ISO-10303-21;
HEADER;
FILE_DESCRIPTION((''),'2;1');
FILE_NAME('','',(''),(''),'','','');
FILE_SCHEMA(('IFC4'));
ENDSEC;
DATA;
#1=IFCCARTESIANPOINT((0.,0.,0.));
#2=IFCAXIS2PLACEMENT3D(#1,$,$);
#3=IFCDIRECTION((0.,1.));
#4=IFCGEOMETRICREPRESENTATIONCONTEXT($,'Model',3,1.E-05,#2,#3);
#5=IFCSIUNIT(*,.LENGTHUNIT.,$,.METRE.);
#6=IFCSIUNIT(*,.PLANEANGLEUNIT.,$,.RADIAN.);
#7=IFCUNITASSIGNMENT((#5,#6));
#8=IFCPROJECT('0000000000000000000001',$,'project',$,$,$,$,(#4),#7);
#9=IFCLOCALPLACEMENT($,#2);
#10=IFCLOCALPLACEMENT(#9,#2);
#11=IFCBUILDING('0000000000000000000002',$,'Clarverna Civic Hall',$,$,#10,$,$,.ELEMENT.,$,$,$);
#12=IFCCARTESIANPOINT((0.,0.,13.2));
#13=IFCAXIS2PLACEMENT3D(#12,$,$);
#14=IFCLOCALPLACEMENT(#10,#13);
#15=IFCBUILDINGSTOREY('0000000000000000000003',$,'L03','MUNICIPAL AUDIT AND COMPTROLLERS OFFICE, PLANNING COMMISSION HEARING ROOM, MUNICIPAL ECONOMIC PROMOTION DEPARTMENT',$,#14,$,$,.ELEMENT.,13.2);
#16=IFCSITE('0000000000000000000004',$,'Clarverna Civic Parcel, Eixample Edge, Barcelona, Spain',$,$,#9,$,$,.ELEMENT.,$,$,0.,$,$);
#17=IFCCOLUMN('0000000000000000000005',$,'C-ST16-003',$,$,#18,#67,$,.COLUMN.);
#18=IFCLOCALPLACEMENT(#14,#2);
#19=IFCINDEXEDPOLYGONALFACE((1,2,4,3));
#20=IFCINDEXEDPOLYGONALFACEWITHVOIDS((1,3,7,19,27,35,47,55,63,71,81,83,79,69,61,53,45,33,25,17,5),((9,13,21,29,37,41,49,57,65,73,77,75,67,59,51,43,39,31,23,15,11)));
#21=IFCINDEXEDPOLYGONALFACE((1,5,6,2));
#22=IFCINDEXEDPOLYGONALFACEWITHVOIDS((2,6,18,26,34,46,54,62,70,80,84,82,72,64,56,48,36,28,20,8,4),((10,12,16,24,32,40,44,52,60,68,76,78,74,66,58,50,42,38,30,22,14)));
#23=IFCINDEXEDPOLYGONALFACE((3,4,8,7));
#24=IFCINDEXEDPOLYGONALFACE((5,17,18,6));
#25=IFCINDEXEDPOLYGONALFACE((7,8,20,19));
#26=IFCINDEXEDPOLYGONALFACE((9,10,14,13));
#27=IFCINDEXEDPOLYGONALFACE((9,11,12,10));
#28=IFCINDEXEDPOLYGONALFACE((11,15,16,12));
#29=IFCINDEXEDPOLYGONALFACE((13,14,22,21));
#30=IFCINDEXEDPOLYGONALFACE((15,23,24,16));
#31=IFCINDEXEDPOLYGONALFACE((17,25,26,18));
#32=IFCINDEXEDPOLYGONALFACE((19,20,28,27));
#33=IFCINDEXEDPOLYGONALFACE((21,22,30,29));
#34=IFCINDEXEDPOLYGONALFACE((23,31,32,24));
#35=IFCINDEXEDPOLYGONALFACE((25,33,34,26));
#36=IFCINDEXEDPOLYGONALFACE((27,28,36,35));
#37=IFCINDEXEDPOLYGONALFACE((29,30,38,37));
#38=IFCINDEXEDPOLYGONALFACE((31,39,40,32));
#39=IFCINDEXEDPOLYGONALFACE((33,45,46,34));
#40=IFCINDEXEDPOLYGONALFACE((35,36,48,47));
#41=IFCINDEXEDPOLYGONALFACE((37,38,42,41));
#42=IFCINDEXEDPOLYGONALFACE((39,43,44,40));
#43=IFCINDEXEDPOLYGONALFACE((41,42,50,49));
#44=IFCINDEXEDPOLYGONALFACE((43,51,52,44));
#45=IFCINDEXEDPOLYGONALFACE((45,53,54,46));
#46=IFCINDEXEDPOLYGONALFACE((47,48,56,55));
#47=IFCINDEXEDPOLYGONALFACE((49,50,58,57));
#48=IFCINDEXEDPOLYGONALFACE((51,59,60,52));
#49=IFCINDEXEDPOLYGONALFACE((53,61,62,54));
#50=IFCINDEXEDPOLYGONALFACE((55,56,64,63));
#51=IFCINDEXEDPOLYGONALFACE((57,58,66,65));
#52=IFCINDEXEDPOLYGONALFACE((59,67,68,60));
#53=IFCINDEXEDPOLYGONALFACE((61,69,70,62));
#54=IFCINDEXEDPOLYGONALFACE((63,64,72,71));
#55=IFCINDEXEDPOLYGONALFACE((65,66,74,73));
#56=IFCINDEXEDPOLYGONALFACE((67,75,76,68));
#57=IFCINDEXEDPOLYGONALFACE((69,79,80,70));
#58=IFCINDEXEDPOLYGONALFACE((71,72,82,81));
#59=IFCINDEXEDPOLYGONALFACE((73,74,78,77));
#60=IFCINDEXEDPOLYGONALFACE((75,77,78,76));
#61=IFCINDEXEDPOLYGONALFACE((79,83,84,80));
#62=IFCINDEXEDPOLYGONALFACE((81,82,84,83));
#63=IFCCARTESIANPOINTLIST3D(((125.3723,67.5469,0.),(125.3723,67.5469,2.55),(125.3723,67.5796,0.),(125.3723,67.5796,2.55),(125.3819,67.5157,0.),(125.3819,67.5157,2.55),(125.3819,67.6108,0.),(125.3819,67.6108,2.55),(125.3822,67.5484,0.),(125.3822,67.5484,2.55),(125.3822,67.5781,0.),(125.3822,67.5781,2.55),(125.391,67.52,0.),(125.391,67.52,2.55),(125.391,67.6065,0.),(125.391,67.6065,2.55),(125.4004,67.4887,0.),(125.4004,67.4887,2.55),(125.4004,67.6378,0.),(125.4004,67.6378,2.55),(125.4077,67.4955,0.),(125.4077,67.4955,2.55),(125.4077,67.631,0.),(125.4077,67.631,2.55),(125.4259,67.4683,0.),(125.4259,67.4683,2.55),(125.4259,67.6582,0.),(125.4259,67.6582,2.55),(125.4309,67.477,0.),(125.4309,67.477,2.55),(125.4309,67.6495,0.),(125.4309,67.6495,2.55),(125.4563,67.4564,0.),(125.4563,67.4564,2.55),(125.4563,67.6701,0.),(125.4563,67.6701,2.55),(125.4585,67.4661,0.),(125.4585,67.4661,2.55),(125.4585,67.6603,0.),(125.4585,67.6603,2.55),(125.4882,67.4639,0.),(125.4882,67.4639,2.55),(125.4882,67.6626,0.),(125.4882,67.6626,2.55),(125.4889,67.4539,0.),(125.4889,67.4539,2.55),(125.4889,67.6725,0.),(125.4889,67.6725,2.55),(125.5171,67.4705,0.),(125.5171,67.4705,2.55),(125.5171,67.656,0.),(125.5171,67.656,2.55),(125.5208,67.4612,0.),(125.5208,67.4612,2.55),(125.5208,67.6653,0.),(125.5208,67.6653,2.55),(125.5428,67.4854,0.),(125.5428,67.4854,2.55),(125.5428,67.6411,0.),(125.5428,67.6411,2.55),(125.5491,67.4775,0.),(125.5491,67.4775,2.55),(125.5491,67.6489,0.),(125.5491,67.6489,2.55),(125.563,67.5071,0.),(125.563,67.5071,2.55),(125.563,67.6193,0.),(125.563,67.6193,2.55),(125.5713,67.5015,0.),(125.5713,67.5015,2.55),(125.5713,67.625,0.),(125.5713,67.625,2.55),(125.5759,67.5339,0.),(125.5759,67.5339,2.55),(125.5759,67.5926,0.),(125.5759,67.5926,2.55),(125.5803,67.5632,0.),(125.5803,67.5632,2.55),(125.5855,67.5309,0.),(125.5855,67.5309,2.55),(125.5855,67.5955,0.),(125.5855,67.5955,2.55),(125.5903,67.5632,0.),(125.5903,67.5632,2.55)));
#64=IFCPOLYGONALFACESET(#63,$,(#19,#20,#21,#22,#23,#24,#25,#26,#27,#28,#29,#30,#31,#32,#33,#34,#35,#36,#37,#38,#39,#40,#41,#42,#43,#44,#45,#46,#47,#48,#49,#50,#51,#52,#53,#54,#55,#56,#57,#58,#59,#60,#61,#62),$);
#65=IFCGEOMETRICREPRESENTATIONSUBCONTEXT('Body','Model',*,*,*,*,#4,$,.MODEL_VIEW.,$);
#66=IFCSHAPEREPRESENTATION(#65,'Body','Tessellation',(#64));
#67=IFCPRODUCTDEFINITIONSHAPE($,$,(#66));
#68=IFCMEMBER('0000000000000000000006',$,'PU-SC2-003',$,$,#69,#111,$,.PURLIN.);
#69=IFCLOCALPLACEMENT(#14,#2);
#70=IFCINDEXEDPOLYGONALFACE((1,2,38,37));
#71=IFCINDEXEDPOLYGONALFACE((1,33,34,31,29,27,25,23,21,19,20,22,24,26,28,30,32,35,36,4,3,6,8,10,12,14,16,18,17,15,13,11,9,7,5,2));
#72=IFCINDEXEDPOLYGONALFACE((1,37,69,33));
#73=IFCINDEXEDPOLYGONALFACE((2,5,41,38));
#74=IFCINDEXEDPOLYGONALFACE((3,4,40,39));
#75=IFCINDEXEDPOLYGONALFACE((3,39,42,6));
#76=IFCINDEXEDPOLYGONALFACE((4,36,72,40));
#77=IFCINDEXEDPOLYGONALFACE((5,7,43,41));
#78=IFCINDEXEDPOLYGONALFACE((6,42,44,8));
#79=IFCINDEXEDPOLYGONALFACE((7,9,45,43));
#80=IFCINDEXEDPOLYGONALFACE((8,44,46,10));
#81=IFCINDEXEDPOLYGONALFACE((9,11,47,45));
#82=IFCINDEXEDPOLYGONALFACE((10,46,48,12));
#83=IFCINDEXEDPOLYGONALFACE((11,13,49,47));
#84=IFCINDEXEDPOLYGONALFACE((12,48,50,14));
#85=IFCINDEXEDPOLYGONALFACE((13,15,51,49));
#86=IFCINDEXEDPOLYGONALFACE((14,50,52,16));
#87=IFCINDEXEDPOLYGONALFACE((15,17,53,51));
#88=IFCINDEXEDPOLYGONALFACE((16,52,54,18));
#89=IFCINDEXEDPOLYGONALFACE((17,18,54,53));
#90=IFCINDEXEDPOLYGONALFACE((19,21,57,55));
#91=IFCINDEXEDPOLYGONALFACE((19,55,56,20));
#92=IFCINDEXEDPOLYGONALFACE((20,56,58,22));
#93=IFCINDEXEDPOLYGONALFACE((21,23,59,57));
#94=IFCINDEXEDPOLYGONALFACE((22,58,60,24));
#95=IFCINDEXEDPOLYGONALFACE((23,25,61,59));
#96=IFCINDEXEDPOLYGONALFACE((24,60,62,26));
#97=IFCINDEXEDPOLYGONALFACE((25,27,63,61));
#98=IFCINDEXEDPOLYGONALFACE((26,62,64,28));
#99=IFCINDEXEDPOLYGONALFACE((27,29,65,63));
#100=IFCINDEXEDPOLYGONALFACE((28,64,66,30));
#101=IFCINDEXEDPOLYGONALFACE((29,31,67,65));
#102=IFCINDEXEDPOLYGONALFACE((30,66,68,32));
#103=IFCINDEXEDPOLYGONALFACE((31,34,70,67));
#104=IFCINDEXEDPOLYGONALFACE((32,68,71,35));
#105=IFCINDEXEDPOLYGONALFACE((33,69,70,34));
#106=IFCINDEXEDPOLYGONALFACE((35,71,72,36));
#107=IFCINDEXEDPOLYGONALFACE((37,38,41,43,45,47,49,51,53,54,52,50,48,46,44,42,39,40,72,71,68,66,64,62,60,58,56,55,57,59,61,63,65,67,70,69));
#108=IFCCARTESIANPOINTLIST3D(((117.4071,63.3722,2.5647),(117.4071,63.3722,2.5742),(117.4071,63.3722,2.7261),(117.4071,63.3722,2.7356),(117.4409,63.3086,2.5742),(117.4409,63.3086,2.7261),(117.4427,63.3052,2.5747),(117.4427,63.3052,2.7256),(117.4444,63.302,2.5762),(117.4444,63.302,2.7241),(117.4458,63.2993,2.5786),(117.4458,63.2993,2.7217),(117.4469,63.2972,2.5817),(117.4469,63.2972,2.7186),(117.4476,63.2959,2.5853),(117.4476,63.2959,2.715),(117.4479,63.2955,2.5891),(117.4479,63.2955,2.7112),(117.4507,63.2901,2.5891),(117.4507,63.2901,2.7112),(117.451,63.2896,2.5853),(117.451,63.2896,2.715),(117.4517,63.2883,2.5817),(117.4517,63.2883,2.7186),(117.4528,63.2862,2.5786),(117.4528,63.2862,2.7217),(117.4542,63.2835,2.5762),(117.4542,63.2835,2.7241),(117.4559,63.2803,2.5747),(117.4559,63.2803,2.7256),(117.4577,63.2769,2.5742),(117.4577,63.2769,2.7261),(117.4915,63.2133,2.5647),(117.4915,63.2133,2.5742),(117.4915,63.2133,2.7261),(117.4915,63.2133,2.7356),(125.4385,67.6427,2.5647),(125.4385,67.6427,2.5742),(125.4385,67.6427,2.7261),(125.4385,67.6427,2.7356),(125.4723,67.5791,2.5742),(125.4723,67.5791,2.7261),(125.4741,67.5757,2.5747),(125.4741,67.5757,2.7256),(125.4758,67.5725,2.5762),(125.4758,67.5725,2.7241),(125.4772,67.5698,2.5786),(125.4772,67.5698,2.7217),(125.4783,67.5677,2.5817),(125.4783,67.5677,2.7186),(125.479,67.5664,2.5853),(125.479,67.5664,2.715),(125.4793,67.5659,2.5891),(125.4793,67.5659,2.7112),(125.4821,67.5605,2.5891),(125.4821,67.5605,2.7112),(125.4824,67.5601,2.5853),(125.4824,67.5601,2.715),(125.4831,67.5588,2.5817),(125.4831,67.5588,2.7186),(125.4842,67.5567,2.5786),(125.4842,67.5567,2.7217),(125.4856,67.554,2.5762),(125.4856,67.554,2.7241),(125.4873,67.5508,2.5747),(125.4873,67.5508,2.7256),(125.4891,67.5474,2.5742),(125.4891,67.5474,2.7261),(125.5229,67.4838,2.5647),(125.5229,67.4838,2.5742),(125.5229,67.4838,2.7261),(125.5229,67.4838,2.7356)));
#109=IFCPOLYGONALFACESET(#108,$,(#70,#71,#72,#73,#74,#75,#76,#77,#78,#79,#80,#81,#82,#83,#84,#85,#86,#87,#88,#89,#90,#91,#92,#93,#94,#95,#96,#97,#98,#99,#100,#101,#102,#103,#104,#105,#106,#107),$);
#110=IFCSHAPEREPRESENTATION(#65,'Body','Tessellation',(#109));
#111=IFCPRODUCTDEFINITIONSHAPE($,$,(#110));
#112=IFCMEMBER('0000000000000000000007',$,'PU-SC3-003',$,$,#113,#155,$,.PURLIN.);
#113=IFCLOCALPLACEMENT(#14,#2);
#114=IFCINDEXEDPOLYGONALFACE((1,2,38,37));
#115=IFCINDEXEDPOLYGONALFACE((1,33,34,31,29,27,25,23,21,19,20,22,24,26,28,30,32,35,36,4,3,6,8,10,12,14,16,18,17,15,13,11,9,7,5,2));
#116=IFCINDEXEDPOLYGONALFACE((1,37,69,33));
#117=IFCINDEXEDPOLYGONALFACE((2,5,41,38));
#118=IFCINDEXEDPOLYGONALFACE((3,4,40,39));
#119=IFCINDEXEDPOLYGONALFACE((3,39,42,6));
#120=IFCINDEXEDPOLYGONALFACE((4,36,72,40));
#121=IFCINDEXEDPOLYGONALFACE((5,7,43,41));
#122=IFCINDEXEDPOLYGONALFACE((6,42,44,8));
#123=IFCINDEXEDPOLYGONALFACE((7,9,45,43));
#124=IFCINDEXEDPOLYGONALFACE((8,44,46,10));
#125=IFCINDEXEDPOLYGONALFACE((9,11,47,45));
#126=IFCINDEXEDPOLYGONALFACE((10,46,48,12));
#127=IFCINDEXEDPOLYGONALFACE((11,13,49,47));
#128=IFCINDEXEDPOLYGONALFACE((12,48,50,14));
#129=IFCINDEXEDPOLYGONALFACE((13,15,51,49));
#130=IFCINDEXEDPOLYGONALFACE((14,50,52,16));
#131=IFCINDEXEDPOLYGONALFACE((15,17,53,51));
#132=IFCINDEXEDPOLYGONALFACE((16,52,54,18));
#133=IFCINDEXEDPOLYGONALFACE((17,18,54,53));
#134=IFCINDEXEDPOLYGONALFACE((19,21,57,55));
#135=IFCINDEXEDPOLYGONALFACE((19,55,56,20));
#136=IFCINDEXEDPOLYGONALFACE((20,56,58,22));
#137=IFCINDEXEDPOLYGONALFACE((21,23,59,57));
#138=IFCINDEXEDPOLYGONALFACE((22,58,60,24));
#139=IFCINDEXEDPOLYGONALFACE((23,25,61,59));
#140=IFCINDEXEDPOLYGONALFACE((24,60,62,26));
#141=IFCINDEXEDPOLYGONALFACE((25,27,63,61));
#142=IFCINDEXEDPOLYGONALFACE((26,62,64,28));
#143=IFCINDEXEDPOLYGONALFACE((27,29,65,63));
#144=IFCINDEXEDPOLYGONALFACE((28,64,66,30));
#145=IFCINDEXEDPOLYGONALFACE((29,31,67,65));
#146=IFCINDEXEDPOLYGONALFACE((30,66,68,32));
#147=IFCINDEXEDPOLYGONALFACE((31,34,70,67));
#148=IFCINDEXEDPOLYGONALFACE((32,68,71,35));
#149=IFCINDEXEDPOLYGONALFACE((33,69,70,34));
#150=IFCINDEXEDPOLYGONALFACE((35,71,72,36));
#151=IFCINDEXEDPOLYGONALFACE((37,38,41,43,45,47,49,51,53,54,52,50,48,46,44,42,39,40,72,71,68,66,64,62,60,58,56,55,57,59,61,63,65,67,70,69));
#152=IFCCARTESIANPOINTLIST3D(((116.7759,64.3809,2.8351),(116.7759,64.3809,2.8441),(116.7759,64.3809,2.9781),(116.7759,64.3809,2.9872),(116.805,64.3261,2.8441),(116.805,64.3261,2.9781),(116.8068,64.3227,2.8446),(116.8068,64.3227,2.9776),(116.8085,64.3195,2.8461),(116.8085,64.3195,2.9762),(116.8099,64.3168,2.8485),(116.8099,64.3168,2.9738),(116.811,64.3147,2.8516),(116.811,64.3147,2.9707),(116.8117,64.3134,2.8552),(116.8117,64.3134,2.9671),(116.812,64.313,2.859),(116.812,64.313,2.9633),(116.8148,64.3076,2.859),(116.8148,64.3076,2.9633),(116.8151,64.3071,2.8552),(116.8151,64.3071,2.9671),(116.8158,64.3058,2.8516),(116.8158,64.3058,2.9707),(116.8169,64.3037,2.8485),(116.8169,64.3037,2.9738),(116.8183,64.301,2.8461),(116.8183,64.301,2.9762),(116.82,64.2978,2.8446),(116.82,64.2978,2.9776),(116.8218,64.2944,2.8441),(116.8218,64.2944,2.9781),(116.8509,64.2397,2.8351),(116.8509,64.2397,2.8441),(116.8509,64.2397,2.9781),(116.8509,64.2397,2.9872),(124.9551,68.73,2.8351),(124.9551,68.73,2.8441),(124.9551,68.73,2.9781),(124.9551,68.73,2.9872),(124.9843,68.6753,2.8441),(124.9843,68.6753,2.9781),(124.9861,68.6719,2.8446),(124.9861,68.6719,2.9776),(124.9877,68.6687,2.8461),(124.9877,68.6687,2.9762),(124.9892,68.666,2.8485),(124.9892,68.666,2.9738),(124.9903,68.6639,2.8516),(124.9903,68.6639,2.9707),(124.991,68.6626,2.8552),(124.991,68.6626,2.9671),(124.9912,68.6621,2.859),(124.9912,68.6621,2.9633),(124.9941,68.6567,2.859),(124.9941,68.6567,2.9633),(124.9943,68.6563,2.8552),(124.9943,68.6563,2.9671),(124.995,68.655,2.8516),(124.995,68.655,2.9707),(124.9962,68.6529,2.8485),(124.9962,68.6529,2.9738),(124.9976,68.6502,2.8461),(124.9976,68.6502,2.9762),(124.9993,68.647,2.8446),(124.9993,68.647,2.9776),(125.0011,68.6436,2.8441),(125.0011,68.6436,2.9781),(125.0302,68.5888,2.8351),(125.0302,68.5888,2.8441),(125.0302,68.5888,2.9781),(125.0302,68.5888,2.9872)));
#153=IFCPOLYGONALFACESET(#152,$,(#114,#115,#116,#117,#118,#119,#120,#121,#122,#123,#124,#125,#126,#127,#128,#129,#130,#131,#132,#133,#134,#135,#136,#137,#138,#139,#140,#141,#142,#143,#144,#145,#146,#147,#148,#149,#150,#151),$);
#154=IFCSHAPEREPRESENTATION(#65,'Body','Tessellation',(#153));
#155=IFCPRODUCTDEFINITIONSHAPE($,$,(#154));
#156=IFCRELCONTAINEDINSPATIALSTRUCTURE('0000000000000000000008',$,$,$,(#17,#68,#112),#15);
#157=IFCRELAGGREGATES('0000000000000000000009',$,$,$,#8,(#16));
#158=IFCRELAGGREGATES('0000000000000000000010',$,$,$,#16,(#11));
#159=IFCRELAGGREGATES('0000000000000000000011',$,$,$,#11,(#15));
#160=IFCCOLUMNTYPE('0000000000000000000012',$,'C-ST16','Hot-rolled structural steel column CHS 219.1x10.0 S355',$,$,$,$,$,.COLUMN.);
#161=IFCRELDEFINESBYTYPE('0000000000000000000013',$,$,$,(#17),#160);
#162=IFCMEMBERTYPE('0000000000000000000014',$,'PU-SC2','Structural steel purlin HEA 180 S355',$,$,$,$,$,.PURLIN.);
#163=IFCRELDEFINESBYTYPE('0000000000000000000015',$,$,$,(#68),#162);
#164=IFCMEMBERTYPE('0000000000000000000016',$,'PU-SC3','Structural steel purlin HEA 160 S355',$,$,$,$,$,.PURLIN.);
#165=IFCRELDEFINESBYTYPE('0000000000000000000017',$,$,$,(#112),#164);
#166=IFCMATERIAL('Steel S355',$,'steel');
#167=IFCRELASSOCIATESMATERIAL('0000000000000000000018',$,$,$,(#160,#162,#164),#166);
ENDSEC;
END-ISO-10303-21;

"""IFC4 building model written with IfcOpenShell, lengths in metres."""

from ifc_helpers import new_model, si_unit, direction, frame, origin, origin_2d, place, context, subcontext, project, spatial, hollow_circle, i_section, extrude, material, material_profile, profile_set, type_object, element, save


model = new_model("IFC4")

# Units and contexts
model_context = context("Model", 3, precision=1e-05, world=origin(), true_north=direction((0.0, 1.0)))
body_context = subcontext(model_context, "Body", "Model", "MODEL_VIEW")
ifc_project = project(units=[si_unit("LENGTHUNIT", "METRE"), si_unit("PLANEANGLEUNIT", "RADIAN")], contexts=[model_context])

# Site, building, storey
site_placement = place(None, origin())
site = spatial("IfcSite", under=ifc_project, at=site_placement, Name="Clarverna Civic Parcel, Eixample Edge, Barcelona, Spain", CompositionType="ELEMENT", RefElevation=0.0)
building_placement = place(site_placement, origin())
building = spatial("IfcBuilding", under=site, at=building_placement, Name="Clarverna Civic Hall", CompositionType="ELEMENT")
storey_placement = place(building_placement, frame((0.0, 0.0, 13.2)))
storey = spatial("IfcBuildingStorey", under=building, at=storey_placement, Name="L03", Description="MUNICIPAL AUDIT AND COMPTROLLERS OFFICE, PLANNING COMMISSION HEARING ROOM, MUNICIPAL ECONOMIC PROMOTION DEPARTMENT", CompositionType="ELEMENT", Elevation=13.2)

# Column
ifc_material_1 = material(Name="Steel S355", Category="steel")
ifc_material_profile_1 = material_profile(ifc_material_1, hollow_circle(Radius=0.1096, WallThickness=0.01, at=origin_2d()), Name="CHS 219.1x10.0")
ifc_profile_set_1 = profile_set([ifc_material_profile_1], Name="Steel S355")
column_type = type_object("IfcColumnType", Name="C-ST16", Description="Hot-rolled structural steel column CHS 219.1x10.0 S355", PredefinedType="COLUMN", material=ifc_profile_set_1)
column_placement = place(storey_placement, frame((125.4807, 67.5632, 0.0), z_axis=(0.0, 0.0, 1.0), x_axis=(1.0, 0.0, 0.0)))
element("IfcColumn", 1, at=column_placement, inside=storey, type_object=column_type, Name="C-ST16-003", PredefinedType="COLUMN", context=body_context, shape_type="SweptSolid", body=[
    extrude(hollow_circle(Radius=0.1096, WallThickness=0.01, at=origin_2d()), origin(), (0.0, 0.0, 1.0), 2.55),
])

# Members
ifc_material_profile_2 = material_profile(ifc_material_1, i_section(OverallWidth=0.1799, OverallDepth=0.1709, WebThickness=0.0061, FlangeThickness=0.0095, FilletRadius=0.0149, at=origin_2d()), Name="HEA 180")
ifc_profile_set_2 = profile_set([ifc_material_profile_2], Name="Steel S355")
member_type_1 = type_object("IfcMemberType", Name="PU-SC2", Description="Structural steel purlin HEA 180 S355", PredefinedType="PURLIN", material=ifc_profile_set_2)
member_1_placement = place(storey_placement, frame((125.4807, 67.5632, 2.6501), z_axis=(-0.882944, -0.469479, 0.0), x_axis=(0.469479, -0.882944, 0.0)))
element("IfcMember", 2, at=member_1_placement, inside=storey, type_object=member_type_1, Name="PU-SC2-003", PredefinedType="PURLIN", context=body_context, shape_type="SweptSolid", body=[
    extrude(i_section(OverallWidth=0.1799, OverallDepth=0.1709, WebThickness=0.0061, FlangeThickness=0.0095, FilletRadius=0.0149, at=origin_2d()), origin(), (0.0, 0.0, 1.0), 9.0962),
])
ifc_material_profile_3 = material_profile(ifc_material_1, i_section(OverallWidth=0.1599, OverallDepth=0.1521, WebThickness=0.0061, FlangeThickness=0.009, FilletRadius=0.0149, at=origin_2d()), Name="HEA 160")
ifc_profile_set_3 = profile_set([ifc_material_profile_3], Name="Steel S355")
member_type_2 = type_object("IfcMemberType", Name="PU-SC3", Description="Structural steel purlin HEA 160 S355", PredefinedType="PURLIN", material=ifc_profile_set_3)
member_2_placement = place(storey_placement, frame((124.9927, 68.6594, 2.9111), z_axis=(-0.88294, -0.469485, 0.0), x_axis=(0.469485, -0.88294, 0.0)))
element("IfcMember", 3, at=member_2_placement, inside=storey, type_object=member_type_2, Name="PU-SC3-003", PredefinedType="PURLIN", context=body_context, shape_type="SweptSolid", body=[
    extrude(i_section(OverallWidth=0.1599, OverallDepth=0.1521, WebThickness=0.0061, FlangeThickness=0.009, FilletRadius=0.0149, at=origin_2d()), origin(), (0.0, 0.0, 1.0), 9.2637),
])

save(model, "model.ifc")
